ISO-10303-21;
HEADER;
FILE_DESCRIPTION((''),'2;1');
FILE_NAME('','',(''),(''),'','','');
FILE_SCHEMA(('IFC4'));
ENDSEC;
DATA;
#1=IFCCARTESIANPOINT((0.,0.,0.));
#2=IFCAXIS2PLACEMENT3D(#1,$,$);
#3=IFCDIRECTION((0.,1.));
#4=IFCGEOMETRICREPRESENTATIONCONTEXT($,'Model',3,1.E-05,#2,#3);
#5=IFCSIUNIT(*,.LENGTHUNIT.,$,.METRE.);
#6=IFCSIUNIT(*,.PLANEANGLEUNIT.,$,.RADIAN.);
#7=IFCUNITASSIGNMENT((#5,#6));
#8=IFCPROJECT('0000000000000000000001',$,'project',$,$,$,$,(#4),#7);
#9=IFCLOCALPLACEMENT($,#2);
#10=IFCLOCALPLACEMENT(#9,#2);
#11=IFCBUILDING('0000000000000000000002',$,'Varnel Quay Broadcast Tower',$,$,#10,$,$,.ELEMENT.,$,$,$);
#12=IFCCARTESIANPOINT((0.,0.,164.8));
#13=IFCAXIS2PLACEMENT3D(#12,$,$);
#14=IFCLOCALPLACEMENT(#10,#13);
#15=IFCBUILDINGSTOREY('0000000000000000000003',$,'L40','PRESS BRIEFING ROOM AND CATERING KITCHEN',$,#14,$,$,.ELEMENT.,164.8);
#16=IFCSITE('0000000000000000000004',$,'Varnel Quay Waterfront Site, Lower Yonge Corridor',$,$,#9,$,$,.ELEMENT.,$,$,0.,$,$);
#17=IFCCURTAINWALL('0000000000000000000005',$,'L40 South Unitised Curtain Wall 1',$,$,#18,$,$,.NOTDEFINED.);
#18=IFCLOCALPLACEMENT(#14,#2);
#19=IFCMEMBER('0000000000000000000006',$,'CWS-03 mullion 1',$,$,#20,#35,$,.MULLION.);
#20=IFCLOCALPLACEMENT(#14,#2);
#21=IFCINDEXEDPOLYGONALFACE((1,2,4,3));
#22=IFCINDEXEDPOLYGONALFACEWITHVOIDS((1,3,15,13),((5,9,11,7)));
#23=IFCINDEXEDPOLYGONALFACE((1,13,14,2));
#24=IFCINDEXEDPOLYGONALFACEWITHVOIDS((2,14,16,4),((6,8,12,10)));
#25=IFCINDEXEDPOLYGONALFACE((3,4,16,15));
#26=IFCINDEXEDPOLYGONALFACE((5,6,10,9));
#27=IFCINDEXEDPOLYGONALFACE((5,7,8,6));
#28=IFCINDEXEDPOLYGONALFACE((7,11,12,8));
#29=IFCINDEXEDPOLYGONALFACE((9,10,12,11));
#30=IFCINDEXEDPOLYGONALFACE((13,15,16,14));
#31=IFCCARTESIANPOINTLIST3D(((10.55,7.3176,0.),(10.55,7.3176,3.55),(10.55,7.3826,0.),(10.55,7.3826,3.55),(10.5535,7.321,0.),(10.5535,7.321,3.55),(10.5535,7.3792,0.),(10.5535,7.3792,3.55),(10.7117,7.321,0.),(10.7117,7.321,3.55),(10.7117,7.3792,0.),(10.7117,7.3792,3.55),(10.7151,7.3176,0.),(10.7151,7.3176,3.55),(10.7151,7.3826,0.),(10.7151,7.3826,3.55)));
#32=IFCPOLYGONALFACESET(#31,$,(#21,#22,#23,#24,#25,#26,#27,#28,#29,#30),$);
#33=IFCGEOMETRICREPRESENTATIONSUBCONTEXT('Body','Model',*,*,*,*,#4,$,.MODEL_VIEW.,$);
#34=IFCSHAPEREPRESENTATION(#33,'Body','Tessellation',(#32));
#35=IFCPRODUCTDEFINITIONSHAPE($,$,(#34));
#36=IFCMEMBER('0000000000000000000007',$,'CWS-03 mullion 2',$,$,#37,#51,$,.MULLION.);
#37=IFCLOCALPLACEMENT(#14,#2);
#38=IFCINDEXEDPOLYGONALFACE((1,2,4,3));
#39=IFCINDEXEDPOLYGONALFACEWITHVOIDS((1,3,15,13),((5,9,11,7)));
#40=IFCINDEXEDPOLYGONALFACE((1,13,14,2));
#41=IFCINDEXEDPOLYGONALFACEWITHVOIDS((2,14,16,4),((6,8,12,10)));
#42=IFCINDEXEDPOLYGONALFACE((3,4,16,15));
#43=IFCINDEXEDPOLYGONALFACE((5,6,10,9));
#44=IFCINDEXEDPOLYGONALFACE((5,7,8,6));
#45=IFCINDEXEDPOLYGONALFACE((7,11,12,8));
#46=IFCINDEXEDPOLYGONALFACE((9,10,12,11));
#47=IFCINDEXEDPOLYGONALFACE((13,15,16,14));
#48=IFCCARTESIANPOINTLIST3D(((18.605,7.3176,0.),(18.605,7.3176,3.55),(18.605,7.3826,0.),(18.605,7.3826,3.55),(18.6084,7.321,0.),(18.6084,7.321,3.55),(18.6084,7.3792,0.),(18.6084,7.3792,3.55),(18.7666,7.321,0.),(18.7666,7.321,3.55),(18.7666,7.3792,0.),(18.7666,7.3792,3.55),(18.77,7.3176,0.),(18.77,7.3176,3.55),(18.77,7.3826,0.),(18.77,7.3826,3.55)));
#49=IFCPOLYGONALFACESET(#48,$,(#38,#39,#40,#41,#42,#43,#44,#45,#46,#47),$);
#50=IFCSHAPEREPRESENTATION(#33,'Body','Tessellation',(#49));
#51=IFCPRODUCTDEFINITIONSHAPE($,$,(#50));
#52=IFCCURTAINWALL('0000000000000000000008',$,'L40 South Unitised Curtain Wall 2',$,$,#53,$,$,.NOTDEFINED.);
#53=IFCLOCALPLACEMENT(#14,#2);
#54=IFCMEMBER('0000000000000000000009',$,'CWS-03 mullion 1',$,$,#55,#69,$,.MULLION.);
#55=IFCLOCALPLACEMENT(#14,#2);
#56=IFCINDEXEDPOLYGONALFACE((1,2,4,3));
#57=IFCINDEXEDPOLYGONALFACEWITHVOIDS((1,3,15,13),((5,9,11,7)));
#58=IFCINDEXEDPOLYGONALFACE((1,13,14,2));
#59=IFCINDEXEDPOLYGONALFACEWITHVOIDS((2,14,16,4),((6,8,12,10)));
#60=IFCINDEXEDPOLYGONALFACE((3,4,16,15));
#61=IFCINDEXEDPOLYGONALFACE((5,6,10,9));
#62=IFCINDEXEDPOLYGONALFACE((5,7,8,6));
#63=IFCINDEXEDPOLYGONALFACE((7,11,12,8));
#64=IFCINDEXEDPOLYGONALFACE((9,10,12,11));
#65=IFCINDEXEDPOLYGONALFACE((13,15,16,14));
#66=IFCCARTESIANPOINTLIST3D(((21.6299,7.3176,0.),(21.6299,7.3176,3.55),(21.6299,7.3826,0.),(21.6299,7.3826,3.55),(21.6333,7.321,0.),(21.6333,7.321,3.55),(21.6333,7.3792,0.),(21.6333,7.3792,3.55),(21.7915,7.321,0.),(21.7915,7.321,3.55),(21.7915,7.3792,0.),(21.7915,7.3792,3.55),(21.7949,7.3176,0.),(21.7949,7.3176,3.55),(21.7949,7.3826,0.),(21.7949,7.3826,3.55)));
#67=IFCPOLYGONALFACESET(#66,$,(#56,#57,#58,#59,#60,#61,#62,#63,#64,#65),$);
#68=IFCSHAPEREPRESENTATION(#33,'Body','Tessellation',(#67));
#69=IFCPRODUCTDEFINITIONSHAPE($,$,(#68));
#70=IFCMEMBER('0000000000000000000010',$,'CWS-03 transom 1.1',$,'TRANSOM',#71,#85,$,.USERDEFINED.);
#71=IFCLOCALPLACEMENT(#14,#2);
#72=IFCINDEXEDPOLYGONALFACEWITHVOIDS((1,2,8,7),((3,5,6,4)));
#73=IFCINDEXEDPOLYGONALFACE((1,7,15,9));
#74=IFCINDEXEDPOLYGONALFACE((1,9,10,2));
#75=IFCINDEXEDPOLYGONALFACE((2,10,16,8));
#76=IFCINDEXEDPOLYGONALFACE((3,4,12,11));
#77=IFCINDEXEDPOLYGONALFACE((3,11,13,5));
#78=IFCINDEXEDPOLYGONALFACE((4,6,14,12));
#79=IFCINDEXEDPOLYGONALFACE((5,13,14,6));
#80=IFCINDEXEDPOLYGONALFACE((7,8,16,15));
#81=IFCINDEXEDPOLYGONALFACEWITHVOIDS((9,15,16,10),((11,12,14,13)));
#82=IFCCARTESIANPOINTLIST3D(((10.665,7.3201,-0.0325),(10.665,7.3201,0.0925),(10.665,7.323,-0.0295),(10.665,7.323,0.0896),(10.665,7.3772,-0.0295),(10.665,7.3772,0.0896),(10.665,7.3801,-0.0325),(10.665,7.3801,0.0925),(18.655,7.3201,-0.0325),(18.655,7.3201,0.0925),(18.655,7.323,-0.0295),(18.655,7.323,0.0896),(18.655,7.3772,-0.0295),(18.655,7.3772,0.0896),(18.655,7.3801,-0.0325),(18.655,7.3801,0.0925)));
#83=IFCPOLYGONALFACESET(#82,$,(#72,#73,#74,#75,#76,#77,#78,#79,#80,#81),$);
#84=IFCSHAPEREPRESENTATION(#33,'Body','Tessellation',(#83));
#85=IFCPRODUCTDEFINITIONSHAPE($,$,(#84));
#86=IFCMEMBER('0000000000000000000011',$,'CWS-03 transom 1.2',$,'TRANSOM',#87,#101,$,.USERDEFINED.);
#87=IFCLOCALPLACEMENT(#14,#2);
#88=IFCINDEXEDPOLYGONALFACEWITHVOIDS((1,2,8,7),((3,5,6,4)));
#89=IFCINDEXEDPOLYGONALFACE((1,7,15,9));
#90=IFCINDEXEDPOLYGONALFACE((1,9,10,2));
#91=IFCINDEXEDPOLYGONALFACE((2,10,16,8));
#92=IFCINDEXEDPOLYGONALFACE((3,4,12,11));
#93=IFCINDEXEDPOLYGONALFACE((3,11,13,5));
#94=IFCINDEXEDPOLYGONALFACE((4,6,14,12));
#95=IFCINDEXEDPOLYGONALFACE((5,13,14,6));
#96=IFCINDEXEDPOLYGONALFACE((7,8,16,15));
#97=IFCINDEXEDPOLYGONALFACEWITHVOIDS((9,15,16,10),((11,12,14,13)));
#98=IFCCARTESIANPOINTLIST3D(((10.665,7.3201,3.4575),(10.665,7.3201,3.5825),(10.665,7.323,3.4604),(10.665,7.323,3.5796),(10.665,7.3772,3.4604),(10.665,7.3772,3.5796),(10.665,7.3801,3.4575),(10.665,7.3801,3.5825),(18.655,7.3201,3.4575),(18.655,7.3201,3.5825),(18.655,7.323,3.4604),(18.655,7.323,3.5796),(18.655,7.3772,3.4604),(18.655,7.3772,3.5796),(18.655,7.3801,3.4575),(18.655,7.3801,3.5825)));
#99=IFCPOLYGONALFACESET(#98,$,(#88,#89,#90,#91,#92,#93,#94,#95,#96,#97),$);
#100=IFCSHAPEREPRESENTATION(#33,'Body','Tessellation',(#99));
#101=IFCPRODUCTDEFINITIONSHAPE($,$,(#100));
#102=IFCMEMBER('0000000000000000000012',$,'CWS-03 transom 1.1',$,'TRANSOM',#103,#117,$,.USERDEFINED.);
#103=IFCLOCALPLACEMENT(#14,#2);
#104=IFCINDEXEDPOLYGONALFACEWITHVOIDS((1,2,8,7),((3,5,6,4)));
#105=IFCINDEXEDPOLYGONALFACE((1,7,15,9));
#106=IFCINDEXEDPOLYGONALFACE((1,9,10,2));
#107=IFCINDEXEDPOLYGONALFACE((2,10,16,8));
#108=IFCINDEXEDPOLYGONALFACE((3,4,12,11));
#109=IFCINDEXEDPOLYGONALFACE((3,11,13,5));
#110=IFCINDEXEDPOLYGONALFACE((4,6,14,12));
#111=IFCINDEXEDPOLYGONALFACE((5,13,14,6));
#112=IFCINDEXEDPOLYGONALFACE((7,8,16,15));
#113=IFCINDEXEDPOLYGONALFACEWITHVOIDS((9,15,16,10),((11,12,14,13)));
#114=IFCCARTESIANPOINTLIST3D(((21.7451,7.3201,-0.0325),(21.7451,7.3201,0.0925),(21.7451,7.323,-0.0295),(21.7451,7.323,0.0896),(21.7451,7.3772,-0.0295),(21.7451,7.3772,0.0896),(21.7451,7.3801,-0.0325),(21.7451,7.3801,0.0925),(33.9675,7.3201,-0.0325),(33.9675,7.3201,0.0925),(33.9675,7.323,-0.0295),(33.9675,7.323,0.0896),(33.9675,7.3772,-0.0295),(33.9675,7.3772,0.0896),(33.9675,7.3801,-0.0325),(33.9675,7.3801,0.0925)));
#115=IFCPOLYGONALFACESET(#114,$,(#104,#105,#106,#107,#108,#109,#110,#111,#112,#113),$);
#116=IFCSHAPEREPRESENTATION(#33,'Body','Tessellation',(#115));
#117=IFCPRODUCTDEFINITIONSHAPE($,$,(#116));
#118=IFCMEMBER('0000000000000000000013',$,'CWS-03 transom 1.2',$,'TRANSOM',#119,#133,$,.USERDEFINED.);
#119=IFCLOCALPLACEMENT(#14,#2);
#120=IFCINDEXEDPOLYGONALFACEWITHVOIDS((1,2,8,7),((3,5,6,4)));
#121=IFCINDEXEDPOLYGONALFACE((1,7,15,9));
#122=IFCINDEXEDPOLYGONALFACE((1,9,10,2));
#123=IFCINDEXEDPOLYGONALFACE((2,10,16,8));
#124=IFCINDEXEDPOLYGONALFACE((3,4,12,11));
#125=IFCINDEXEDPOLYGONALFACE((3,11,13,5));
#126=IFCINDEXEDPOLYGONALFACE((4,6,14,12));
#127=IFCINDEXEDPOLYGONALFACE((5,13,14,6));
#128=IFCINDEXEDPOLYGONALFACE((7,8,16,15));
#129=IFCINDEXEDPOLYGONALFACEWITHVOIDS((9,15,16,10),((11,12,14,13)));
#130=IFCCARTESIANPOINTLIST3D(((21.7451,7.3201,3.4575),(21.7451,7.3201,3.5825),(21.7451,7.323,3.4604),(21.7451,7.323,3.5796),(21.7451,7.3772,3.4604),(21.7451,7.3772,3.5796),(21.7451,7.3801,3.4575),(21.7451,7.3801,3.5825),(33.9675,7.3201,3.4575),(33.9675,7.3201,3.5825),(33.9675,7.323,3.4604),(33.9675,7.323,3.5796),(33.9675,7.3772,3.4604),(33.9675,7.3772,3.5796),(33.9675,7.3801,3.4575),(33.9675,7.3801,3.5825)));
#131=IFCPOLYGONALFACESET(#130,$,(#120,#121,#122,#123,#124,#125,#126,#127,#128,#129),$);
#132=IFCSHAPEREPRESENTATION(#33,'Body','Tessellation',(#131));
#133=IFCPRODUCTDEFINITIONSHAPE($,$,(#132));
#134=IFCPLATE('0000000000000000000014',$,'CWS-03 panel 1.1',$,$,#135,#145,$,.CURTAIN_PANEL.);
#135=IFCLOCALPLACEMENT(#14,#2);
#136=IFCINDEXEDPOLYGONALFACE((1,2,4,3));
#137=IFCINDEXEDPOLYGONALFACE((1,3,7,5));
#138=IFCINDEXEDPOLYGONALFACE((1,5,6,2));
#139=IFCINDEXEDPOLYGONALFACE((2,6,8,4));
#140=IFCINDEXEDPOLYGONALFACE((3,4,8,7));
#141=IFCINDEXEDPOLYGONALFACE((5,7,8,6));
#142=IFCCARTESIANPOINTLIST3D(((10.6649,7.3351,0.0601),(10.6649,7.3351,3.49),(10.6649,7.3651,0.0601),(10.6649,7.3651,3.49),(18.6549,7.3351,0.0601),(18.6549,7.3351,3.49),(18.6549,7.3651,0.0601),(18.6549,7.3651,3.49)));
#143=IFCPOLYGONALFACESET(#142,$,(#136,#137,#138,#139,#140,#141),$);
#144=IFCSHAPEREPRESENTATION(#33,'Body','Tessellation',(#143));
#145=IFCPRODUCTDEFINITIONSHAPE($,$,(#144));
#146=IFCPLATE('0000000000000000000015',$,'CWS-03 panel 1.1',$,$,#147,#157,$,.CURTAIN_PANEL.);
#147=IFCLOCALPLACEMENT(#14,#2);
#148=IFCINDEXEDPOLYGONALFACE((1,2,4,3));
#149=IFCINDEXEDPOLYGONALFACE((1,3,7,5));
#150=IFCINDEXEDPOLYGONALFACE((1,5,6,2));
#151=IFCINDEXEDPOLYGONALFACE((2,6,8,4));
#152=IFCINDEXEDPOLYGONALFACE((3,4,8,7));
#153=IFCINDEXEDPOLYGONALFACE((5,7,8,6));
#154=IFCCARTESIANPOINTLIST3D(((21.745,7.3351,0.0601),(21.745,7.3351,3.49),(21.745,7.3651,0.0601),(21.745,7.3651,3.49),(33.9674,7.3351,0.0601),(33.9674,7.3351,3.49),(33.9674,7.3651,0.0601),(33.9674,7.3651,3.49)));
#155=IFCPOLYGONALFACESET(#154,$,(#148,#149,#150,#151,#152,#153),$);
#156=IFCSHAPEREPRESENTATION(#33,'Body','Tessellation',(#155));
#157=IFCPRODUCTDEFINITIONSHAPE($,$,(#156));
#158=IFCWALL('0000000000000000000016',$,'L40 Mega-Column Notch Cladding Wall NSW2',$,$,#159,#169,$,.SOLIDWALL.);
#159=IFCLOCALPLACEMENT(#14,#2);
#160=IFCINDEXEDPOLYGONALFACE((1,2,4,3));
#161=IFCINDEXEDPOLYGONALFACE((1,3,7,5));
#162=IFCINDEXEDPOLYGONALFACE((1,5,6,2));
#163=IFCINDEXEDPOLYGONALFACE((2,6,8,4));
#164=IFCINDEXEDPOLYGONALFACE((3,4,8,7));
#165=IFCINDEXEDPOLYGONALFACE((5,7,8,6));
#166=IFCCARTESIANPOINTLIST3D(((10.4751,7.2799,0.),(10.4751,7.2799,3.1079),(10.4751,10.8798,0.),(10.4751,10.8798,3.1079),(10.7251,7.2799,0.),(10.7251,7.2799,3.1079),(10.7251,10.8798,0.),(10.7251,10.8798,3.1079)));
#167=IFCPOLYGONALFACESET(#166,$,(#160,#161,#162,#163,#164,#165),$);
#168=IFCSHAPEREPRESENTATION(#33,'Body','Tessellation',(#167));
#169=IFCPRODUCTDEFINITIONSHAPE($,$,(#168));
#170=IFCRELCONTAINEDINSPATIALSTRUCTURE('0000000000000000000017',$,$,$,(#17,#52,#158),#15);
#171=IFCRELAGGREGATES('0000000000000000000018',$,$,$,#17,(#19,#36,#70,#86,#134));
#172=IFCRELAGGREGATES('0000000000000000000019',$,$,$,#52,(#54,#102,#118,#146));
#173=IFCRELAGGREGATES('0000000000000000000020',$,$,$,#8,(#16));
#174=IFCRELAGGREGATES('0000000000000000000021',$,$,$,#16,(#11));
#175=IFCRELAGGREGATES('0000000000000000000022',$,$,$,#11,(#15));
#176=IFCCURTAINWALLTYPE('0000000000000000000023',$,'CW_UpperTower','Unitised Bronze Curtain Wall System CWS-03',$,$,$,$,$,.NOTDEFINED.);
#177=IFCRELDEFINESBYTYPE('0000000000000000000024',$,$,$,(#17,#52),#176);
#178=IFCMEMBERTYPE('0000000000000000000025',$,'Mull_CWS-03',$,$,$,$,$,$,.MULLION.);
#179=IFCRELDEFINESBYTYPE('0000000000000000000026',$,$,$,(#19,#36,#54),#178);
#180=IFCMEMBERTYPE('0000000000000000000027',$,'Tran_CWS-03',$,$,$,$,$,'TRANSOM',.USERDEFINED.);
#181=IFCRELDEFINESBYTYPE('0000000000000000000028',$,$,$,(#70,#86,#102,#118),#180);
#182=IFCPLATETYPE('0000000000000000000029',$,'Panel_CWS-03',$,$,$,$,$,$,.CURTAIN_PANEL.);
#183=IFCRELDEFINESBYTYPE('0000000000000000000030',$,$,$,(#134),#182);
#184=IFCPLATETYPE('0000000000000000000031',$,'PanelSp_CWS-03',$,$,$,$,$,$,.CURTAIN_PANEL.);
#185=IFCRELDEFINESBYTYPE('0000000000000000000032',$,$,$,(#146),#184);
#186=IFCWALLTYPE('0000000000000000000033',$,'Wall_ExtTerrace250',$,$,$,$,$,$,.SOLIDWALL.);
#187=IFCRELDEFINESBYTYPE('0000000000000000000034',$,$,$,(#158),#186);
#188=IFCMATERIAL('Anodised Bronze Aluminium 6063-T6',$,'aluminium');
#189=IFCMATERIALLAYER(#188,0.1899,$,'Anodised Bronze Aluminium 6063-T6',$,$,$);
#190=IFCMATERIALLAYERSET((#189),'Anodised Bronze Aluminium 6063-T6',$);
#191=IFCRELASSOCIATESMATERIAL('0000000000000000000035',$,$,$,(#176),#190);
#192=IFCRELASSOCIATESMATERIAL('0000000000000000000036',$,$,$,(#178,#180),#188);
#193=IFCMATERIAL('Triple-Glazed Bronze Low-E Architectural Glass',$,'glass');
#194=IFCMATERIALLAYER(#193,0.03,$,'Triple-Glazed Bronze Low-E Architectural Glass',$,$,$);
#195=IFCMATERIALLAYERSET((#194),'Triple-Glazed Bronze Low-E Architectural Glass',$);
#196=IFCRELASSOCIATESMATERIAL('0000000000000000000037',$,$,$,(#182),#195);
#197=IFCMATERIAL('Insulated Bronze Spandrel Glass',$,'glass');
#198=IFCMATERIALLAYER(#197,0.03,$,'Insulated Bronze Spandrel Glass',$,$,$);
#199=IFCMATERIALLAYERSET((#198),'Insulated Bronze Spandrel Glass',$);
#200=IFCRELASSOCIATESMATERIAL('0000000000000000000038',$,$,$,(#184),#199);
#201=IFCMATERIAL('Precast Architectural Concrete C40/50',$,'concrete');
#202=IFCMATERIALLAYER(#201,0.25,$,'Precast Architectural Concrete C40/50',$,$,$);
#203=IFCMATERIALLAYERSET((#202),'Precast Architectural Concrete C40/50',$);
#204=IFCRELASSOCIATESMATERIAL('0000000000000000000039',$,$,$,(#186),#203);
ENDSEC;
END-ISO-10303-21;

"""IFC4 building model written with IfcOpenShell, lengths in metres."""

from ifc_helpers import new_model, si_unit, direction, frame, frame_2d, origin, origin_2d, place, context, subcontext, project, spatial, rectangle, hollow_rectangle, extrude, source, transform, mapped, material, layer, layer_set, material_profile, profile_set, type_object, type_shapes, element, aggregate, save


model = new_model("IFC4")

# Units and contexts
model_context = context("Model", 3, precision=1e-05, world=origin(), true_north=direction((0.0, 1.0)))
body_context = subcontext(model_context, "Body", "Model", "MODEL_VIEW")
ifc_project = project(units=[si_unit("LENGTHUNIT", "METRE"), si_unit("PLANEANGLEUNIT", "RADIAN")], contexts=[model_context])

# Site, building, storey
site_placement = place(None, origin())
site = spatial("IfcSite", under=ifc_project, at=site_placement, Name="Varnel Quay Waterfront Site, Lower Yonge Corridor", CompositionType="ELEMENT", RefElevation=0.0)
building_placement = place(site_placement, origin())
building = spatial("IfcBuilding", under=site, at=building_placement, Name="Varnel Quay Broadcast Tower", CompositionType="ELEMENT")
storey_placement = place(building_placement, frame((0.0, 0.0, 164.8)))
storey = spatial("IfcBuildingStorey", under=building, at=storey_placement, Name="L40", Description="PRESS BRIEFING ROOM AND CATERING KITCHEN", CompositionType="ELEMENT", Elevation=164.8)

# Shared definitions
ifc_material_1 = material(Name="Anodised Bronze Aluminium 6063-T6", Category="aluminium")

# Curtain wall, members
ifc_layer_1 = layer(ifc_material_1, 0.1899, Name="Anodised Bronze Aluminium 6063-T6")
ifc_layer_set_1 = layer_set([ifc_layer_1], Name="Anodised Bronze Aluminium 6063-T6")
curtain_wall_type_1 = type_object("IfcCurtainWallType", Name="CW_UpperTower", Description="Unitised Bronze Curtain Wall System CWS-03", PredefinedType="NOTDEFINED", material=ifc_layer_set_1)
curtain_wall_1_placement = place(storey_placement, origin())
curtain_wall_1 = element("IfcCurtainWall", 1, at=curtain_wall_1_placement, inside=storey, type_object=curtain_wall_type_1, Name="L40 South Unitised Curtain Wall 1", PredefinedType="NOTDEFINED")
ifc_material_profile_1 = material_profile(ifc_material_1, hollow_rectangle(XDim=0.0649, YDim=0.165, WallThickness=0.0034, at=origin_2d()), Name="ALU65X165X3.5")
ifc_profile_set_1 = profile_set([ifc_material_profile_1], Name="Anodised Bronze Aluminium 6063-T6")
member_type_1 = type_object("IfcMemberType", Name="Mull_CWS-03", PredefinedType="MULLION", material=ifc_profile_set_1)
shared_shape_1 = source(origin(), body_context, "Body", "SweptSolid", [
    extrude(hollow_rectangle(XDim=0.0649, YDim=0.165, WallThickness=0.0034, at=origin_2d()), origin(), (0.0, 0.0, 1.0), 3.55),
])
type_shapes(member_type_1, [shared_shape_1])
member_1_placement = place(storey_placement, frame((10.6326, 7.3501, 0.0), z_axis=(0.0, 0.0, 1.0), x_axis=(0.0, 1.0, 0.0)))
member_1 = element("IfcMember", 2, at=member_1_placement, type_object=member_type_1, Name="CWS-03 mullion 1", PredefinedType="MULLION", context=body_context, shape_type="MappedRepresentation", body=[
    mapped(shared_shape_1, transform((0.0, 0.0, 0.0), x_axis=(1.0, 0.0, 0.0), y_axis=(0.0, 1.0, 0.0), z_axis=(0.0, 0.0, 1.0), scale=1.0)),
])
member_2_placement = place(storey_placement, frame((18.6875, 7.3501, 0.0), z_axis=(0.0, 0.0, 1.0), x_axis=(0.0, 1.0, 0.0)))
member_2 = element("IfcMember", 3, at=member_2_placement, type_object=member_type_1, Name="CWS-03 mullion 2", PredefinedType="MULLION", context=body_context, shape_type="MappedRepresentation", body=[
    mapped(shared_shape_1, transform((0.0, 0.0, 0.0), x_axis=(1.0, 0.0, 0.0), y_axis=(0.0, 1.0, 0.0), z_axis=(0.0, 0.0, 1.0), scale=1.0)),
])

# Curtain wall, member
curtain_wall_2_placement = place(storey_placement, origin())
curtain_wall_2 = element("IfcCurtainWall", 4, at=curtain_wall_2_placement, inside=storey, type_object=curtain_wall_type_1, Name="L40 South Unitised Curtain Wall 2", PredefinedType="NOTDEFINED")
member_3_placement = place(storey_placement, frame((21.7124, 7.3501, 0.0), z_axis=(0.0, 0.0, 1.0), x_axis=(0.0, 1.0, 0.0)))
member_3 = element("IfcMember", 5, at=member_3_placement, type_object=member_type_1, Name="CWS-03 mullion 1", PredefinedType="MULLION", context=body_context, shape_type="MappedRepresentation", body=[
    mapped(shared_shape_1, transform((0.0, 0.0, 0.0), x_axis=(1.0, 0.0, 0.0), y_axis=(0.0, 1.0, 0.0), z_axis=(0.0, 0.0, 1.0), scale=1.0)),
])

# Members
ifc_material_profile_2 = material_profile(ifc_material_1, hollow_rectangle(XDim=0.0601, YDim=0.125, WallThickness=0.0029, at=origin_2d()), Name="ALU60X125X3")
ifc_profile_set_2 = profile_set([ifc_material_profile_2], Name="Anodised Bronze Aluminium 6063-T6")
member_type_2 = type_object("IfcMemberType", Name="Tran_CWS-03", ElementType="TRANSOM", PredefinedType="USERDEFINED", material=ifc_profile_set_2)
shared_shape_2 = source(origin(), body_context, "Body", "SweptSolid", [
    extrude(hollow_rectangle(XDim=0.0601, YDim=0.125, WallThickness=0.0029, at=origin_2d()), origin(), (0.0, 0.0, 1.0), 7.99),
])
member_4_placement = place(storey_placement, frame((10.665, 7.3501, 0.03), z_axis=(1.0, 0.0, 0.0), x_axis=(0.0, 1.0, 0.0)))
member_4 = element("IfcMember", 6, at=member_4_placement, type_object=member_type_2, Name="CWS-03 transom 1.1", ObjectType="TRANSOM", PredefinedType="USERDEFINED", context=body_context, shape_type="MappedRepresentation", body=[
    mapped(shared_shape_2, transform((0.0, 0.0, 0.0), x_axis=(1.0, 0.0, 0.0), y_axis=(0.0, 1.0, 0.0), z_axis=(0.0, 0.0, 1.0), scale=1.0)),
])
member_5_placement = place(storey_placement, frame((10.665, 7.3501, 3.52), z_axis=(1.0, 0.0, 0.0), x_axis=(0.0, 1.0, 0.0)))
member_5 = element("IfcMember", 7, at=member_5_placement, type_object=member_type_2, Name="CWS-03 transom 1.2", ObjectType="TRANSOM", PredefinedType="USERDEFINED", context=body_context, shape_type="MappedRepresentation", body=[
    mapped(shared_shape_2, transform((0.0, 0.0, 0.0), x_axis=(1.0, 0.0, 0.0), y_axis=(0.0, 1.0, 0.0), z_axis=(0.0, 0.0, 1.0), scale=1.0)),
])
shared_shape_3 = source(origin(), body_context, "Body", "SweptSolid", [
    extrude(hollow_rectangle(XDim=0.0601, YDim=0.125, WallThickness=0.0029, at=origin_2d()), origin(), (0.0, 0.0, 1.0), 12.2224),
])
type_shapes(member_type_2, [shared_shape_2, shared_shape_3])
member_6_placement = place(storey_placement, frame((21.7451, 7.3501, 0.03), z_axis=(1.0, 0.0, 0.0), x_axis=(0.0, 1.0, 0.0)))
member_6 = element("IfcMember", 8, at=member_6_placement, type_object=member_type_2, Name="CWS-03 transom 1.1", ObjectType="TRANSOM", PredefinedType="USERDEFINED", context=body_context, shape_type="MappedRepresentation", body=[
    mapped(shared_shape_3, transform((0.0, 0.0, 0.0), x_axis=(1.0, 0.0, 0.0), y_axis=(0.0, 1.0, 0.0), z_axis=(0.0, 0.0, 1.0), scale=1.0)),
])
member_7_placement = place(storey_placement, frame((21.7451, 7.3501, 3.52), z_axis=(1.0, 0.0, 0.0), x_axis=(0.0, 1.0, 0.0)))
member_7 = element("IfcMember", 9, at=member_7_placement, type_object=member_type_2, Name="CWS-03 transom 1.2", ObjectType="TRANSOM", PredefinedType="USERDEFINED", context=body_context, shape_type="MappedRepresentation", body=[
    mapped(shared_shape_3, transform((0.0, 0.0, 0.0), x_axis=(1.0, 0.0, 0.0), y_axis=(0.0, 1.0, 0.0), z_axis=(0.0, 0.0, 1.0), scale=1.0)),
])

# Plates
ifc_material_2 = material(Name="Triple-Glazed Bronze Low-E Architectural Glass", Category="glass")
ifc_layer_2 = layer(ifc_material_2, 0.03, Name="Triple-Glazed Bronze Low-E Architectural Glass")
ifc_layer_set_2 = layer_set([ifc_layer_2], Name="Triple-Glazed Bronze Low-E Architectural Glass")
plate_type_1 = type_object("IfcPlateType", Name="Panel_CWS-03", PredefinedType="CURTAIN_PANEL", material=ifc_layer_set_2)
shared_shape_4 = source(origin(), body_context, "Body", "SweptSolid", [
    extrude(rectangle(XDim=7.99, YDim=0.03, at=origin_2d()), origin(), (0.0, 0.0, 1.0), 3.4299),
])
type_shapes(plate_type_1, [shared_shape_4])
plate_1_placement = place(storey_placement, frame((14.6599, 7.3501, 0.0601), z_axis=(0.0, 0.0, 1.0), x_axis=(1.0, 0.0, 0.0)))
plate_1 = element("IfcPlate", 10, at=plate_1_placement, type_object=plate_type_1, Name="CWS-03 panel 1.1", PredefinedType="CURTAIN_PANEL", context=body_context, shape_type="MappedRepresentation", body=[
    mapped(shared_shape_4, transform((0.0, 0.0, 0.0), x_axis=(1.0, 0.0, 0.0), y_axis=(0.0, 1.0, 0.0), z_axis=(0.0, 0.0, 1.0), scale=1.0)),
])
aggregate(curtain_wall_1, [member_1, member_2, member_4, member_5, plate_1])
ifc_material_3 = material(Name="Insulated Bronze Spandrel Glass", Category="glass")
ifc_layer_3 = layer(ifc_material_3, 0.03, Name="Insulated Bronze Spandrel Glass")
ifc_layer_set_3 = layer_set([ifc_layer_3], Name="Insulated Bronze Spandrel Glass")
plate_type_2 = type_object("IfcPlateType", Name="PanelSp_CWS-03", PredefinedType="CURTAIN_PANEL", material=ifc_layer_set_3)
shared_shape_5 = source(origin(), body_context, "Body", "SweptSolid", [
    extrude(rectangle(XDim=12.2224, YDim=0.03, at=origin_2d()), origin(), (0.0, 0.0, 1.0), 3.4299),
])
type_shapes(plate_type_2, [shared_shape_5])
plate_2_placement = place(storey_placement, frame((27.8562, 7.3501, 0.0601), z_axis=(0.0, 0.0, 1.0), x_axis=(1.0, 0.0, 0.0)))
plate_2 = element("IfcPlate", 11, at=plate_2_placement, type_object=plate_type_2, Name="CWS-03 panel 1.1", PredefinedType="CURTAIN_PANEL", context=body_context, shape_type="MappedRepresentation", body=[
    mapped(shared_shape_5, transform((0.0, 0.0, 0.0), x_axis=(1.0, 0.0, 0.0), y_axis=(0.0, 1.0, 0.0), z_axis=(0.0, 0.0, 1.0), scale=1.0)),
])
aggregate(curtain_wall_2, [member_3, member_6, member_7, plate_2])

# Shared definitions
ifc_material_4 = material(Name="Precast Architectural Concrete C40/50", Category="concrete")
ifc_layer_4 = layer(ifc_material_4, 0.25, Name="Precast Architectural Concrete C40/50")
ifc_layer_set_4 = layer_set([ifc_layer_4], Name="Precast Architectural Concrete C40/50")
wall_type = type_object("IfcWallType", Name="Wall_ExtTerrace250", PredefinedType="SOLIDWALL", material=ifc_layer_set_4)

# Wall
wall_1_placement = place(storey_placement, frame((10.6001, 7.28, 0.0), z_axis=(0.0, 0.0, 1.0), x_axis=(0.0, 1.0, 0.0)))
element("IfcWall", 12, at=wall_1_placement, inside=storey, type_object=wall_type, Name="L40 Mega-Column Notch Cladding Wall NSW2", PredefinedType="SOLIDWALL", context=body_context, shape_type="SweptSolid", body=[
    extrude(rectangle(XDim=3.5999, YDim=0.25, at=frame_2d((1.7998, 0.0))), origin(), (0.0, 0.0, 1.0), 3.1079),
])

save(model, "model.ifc")
